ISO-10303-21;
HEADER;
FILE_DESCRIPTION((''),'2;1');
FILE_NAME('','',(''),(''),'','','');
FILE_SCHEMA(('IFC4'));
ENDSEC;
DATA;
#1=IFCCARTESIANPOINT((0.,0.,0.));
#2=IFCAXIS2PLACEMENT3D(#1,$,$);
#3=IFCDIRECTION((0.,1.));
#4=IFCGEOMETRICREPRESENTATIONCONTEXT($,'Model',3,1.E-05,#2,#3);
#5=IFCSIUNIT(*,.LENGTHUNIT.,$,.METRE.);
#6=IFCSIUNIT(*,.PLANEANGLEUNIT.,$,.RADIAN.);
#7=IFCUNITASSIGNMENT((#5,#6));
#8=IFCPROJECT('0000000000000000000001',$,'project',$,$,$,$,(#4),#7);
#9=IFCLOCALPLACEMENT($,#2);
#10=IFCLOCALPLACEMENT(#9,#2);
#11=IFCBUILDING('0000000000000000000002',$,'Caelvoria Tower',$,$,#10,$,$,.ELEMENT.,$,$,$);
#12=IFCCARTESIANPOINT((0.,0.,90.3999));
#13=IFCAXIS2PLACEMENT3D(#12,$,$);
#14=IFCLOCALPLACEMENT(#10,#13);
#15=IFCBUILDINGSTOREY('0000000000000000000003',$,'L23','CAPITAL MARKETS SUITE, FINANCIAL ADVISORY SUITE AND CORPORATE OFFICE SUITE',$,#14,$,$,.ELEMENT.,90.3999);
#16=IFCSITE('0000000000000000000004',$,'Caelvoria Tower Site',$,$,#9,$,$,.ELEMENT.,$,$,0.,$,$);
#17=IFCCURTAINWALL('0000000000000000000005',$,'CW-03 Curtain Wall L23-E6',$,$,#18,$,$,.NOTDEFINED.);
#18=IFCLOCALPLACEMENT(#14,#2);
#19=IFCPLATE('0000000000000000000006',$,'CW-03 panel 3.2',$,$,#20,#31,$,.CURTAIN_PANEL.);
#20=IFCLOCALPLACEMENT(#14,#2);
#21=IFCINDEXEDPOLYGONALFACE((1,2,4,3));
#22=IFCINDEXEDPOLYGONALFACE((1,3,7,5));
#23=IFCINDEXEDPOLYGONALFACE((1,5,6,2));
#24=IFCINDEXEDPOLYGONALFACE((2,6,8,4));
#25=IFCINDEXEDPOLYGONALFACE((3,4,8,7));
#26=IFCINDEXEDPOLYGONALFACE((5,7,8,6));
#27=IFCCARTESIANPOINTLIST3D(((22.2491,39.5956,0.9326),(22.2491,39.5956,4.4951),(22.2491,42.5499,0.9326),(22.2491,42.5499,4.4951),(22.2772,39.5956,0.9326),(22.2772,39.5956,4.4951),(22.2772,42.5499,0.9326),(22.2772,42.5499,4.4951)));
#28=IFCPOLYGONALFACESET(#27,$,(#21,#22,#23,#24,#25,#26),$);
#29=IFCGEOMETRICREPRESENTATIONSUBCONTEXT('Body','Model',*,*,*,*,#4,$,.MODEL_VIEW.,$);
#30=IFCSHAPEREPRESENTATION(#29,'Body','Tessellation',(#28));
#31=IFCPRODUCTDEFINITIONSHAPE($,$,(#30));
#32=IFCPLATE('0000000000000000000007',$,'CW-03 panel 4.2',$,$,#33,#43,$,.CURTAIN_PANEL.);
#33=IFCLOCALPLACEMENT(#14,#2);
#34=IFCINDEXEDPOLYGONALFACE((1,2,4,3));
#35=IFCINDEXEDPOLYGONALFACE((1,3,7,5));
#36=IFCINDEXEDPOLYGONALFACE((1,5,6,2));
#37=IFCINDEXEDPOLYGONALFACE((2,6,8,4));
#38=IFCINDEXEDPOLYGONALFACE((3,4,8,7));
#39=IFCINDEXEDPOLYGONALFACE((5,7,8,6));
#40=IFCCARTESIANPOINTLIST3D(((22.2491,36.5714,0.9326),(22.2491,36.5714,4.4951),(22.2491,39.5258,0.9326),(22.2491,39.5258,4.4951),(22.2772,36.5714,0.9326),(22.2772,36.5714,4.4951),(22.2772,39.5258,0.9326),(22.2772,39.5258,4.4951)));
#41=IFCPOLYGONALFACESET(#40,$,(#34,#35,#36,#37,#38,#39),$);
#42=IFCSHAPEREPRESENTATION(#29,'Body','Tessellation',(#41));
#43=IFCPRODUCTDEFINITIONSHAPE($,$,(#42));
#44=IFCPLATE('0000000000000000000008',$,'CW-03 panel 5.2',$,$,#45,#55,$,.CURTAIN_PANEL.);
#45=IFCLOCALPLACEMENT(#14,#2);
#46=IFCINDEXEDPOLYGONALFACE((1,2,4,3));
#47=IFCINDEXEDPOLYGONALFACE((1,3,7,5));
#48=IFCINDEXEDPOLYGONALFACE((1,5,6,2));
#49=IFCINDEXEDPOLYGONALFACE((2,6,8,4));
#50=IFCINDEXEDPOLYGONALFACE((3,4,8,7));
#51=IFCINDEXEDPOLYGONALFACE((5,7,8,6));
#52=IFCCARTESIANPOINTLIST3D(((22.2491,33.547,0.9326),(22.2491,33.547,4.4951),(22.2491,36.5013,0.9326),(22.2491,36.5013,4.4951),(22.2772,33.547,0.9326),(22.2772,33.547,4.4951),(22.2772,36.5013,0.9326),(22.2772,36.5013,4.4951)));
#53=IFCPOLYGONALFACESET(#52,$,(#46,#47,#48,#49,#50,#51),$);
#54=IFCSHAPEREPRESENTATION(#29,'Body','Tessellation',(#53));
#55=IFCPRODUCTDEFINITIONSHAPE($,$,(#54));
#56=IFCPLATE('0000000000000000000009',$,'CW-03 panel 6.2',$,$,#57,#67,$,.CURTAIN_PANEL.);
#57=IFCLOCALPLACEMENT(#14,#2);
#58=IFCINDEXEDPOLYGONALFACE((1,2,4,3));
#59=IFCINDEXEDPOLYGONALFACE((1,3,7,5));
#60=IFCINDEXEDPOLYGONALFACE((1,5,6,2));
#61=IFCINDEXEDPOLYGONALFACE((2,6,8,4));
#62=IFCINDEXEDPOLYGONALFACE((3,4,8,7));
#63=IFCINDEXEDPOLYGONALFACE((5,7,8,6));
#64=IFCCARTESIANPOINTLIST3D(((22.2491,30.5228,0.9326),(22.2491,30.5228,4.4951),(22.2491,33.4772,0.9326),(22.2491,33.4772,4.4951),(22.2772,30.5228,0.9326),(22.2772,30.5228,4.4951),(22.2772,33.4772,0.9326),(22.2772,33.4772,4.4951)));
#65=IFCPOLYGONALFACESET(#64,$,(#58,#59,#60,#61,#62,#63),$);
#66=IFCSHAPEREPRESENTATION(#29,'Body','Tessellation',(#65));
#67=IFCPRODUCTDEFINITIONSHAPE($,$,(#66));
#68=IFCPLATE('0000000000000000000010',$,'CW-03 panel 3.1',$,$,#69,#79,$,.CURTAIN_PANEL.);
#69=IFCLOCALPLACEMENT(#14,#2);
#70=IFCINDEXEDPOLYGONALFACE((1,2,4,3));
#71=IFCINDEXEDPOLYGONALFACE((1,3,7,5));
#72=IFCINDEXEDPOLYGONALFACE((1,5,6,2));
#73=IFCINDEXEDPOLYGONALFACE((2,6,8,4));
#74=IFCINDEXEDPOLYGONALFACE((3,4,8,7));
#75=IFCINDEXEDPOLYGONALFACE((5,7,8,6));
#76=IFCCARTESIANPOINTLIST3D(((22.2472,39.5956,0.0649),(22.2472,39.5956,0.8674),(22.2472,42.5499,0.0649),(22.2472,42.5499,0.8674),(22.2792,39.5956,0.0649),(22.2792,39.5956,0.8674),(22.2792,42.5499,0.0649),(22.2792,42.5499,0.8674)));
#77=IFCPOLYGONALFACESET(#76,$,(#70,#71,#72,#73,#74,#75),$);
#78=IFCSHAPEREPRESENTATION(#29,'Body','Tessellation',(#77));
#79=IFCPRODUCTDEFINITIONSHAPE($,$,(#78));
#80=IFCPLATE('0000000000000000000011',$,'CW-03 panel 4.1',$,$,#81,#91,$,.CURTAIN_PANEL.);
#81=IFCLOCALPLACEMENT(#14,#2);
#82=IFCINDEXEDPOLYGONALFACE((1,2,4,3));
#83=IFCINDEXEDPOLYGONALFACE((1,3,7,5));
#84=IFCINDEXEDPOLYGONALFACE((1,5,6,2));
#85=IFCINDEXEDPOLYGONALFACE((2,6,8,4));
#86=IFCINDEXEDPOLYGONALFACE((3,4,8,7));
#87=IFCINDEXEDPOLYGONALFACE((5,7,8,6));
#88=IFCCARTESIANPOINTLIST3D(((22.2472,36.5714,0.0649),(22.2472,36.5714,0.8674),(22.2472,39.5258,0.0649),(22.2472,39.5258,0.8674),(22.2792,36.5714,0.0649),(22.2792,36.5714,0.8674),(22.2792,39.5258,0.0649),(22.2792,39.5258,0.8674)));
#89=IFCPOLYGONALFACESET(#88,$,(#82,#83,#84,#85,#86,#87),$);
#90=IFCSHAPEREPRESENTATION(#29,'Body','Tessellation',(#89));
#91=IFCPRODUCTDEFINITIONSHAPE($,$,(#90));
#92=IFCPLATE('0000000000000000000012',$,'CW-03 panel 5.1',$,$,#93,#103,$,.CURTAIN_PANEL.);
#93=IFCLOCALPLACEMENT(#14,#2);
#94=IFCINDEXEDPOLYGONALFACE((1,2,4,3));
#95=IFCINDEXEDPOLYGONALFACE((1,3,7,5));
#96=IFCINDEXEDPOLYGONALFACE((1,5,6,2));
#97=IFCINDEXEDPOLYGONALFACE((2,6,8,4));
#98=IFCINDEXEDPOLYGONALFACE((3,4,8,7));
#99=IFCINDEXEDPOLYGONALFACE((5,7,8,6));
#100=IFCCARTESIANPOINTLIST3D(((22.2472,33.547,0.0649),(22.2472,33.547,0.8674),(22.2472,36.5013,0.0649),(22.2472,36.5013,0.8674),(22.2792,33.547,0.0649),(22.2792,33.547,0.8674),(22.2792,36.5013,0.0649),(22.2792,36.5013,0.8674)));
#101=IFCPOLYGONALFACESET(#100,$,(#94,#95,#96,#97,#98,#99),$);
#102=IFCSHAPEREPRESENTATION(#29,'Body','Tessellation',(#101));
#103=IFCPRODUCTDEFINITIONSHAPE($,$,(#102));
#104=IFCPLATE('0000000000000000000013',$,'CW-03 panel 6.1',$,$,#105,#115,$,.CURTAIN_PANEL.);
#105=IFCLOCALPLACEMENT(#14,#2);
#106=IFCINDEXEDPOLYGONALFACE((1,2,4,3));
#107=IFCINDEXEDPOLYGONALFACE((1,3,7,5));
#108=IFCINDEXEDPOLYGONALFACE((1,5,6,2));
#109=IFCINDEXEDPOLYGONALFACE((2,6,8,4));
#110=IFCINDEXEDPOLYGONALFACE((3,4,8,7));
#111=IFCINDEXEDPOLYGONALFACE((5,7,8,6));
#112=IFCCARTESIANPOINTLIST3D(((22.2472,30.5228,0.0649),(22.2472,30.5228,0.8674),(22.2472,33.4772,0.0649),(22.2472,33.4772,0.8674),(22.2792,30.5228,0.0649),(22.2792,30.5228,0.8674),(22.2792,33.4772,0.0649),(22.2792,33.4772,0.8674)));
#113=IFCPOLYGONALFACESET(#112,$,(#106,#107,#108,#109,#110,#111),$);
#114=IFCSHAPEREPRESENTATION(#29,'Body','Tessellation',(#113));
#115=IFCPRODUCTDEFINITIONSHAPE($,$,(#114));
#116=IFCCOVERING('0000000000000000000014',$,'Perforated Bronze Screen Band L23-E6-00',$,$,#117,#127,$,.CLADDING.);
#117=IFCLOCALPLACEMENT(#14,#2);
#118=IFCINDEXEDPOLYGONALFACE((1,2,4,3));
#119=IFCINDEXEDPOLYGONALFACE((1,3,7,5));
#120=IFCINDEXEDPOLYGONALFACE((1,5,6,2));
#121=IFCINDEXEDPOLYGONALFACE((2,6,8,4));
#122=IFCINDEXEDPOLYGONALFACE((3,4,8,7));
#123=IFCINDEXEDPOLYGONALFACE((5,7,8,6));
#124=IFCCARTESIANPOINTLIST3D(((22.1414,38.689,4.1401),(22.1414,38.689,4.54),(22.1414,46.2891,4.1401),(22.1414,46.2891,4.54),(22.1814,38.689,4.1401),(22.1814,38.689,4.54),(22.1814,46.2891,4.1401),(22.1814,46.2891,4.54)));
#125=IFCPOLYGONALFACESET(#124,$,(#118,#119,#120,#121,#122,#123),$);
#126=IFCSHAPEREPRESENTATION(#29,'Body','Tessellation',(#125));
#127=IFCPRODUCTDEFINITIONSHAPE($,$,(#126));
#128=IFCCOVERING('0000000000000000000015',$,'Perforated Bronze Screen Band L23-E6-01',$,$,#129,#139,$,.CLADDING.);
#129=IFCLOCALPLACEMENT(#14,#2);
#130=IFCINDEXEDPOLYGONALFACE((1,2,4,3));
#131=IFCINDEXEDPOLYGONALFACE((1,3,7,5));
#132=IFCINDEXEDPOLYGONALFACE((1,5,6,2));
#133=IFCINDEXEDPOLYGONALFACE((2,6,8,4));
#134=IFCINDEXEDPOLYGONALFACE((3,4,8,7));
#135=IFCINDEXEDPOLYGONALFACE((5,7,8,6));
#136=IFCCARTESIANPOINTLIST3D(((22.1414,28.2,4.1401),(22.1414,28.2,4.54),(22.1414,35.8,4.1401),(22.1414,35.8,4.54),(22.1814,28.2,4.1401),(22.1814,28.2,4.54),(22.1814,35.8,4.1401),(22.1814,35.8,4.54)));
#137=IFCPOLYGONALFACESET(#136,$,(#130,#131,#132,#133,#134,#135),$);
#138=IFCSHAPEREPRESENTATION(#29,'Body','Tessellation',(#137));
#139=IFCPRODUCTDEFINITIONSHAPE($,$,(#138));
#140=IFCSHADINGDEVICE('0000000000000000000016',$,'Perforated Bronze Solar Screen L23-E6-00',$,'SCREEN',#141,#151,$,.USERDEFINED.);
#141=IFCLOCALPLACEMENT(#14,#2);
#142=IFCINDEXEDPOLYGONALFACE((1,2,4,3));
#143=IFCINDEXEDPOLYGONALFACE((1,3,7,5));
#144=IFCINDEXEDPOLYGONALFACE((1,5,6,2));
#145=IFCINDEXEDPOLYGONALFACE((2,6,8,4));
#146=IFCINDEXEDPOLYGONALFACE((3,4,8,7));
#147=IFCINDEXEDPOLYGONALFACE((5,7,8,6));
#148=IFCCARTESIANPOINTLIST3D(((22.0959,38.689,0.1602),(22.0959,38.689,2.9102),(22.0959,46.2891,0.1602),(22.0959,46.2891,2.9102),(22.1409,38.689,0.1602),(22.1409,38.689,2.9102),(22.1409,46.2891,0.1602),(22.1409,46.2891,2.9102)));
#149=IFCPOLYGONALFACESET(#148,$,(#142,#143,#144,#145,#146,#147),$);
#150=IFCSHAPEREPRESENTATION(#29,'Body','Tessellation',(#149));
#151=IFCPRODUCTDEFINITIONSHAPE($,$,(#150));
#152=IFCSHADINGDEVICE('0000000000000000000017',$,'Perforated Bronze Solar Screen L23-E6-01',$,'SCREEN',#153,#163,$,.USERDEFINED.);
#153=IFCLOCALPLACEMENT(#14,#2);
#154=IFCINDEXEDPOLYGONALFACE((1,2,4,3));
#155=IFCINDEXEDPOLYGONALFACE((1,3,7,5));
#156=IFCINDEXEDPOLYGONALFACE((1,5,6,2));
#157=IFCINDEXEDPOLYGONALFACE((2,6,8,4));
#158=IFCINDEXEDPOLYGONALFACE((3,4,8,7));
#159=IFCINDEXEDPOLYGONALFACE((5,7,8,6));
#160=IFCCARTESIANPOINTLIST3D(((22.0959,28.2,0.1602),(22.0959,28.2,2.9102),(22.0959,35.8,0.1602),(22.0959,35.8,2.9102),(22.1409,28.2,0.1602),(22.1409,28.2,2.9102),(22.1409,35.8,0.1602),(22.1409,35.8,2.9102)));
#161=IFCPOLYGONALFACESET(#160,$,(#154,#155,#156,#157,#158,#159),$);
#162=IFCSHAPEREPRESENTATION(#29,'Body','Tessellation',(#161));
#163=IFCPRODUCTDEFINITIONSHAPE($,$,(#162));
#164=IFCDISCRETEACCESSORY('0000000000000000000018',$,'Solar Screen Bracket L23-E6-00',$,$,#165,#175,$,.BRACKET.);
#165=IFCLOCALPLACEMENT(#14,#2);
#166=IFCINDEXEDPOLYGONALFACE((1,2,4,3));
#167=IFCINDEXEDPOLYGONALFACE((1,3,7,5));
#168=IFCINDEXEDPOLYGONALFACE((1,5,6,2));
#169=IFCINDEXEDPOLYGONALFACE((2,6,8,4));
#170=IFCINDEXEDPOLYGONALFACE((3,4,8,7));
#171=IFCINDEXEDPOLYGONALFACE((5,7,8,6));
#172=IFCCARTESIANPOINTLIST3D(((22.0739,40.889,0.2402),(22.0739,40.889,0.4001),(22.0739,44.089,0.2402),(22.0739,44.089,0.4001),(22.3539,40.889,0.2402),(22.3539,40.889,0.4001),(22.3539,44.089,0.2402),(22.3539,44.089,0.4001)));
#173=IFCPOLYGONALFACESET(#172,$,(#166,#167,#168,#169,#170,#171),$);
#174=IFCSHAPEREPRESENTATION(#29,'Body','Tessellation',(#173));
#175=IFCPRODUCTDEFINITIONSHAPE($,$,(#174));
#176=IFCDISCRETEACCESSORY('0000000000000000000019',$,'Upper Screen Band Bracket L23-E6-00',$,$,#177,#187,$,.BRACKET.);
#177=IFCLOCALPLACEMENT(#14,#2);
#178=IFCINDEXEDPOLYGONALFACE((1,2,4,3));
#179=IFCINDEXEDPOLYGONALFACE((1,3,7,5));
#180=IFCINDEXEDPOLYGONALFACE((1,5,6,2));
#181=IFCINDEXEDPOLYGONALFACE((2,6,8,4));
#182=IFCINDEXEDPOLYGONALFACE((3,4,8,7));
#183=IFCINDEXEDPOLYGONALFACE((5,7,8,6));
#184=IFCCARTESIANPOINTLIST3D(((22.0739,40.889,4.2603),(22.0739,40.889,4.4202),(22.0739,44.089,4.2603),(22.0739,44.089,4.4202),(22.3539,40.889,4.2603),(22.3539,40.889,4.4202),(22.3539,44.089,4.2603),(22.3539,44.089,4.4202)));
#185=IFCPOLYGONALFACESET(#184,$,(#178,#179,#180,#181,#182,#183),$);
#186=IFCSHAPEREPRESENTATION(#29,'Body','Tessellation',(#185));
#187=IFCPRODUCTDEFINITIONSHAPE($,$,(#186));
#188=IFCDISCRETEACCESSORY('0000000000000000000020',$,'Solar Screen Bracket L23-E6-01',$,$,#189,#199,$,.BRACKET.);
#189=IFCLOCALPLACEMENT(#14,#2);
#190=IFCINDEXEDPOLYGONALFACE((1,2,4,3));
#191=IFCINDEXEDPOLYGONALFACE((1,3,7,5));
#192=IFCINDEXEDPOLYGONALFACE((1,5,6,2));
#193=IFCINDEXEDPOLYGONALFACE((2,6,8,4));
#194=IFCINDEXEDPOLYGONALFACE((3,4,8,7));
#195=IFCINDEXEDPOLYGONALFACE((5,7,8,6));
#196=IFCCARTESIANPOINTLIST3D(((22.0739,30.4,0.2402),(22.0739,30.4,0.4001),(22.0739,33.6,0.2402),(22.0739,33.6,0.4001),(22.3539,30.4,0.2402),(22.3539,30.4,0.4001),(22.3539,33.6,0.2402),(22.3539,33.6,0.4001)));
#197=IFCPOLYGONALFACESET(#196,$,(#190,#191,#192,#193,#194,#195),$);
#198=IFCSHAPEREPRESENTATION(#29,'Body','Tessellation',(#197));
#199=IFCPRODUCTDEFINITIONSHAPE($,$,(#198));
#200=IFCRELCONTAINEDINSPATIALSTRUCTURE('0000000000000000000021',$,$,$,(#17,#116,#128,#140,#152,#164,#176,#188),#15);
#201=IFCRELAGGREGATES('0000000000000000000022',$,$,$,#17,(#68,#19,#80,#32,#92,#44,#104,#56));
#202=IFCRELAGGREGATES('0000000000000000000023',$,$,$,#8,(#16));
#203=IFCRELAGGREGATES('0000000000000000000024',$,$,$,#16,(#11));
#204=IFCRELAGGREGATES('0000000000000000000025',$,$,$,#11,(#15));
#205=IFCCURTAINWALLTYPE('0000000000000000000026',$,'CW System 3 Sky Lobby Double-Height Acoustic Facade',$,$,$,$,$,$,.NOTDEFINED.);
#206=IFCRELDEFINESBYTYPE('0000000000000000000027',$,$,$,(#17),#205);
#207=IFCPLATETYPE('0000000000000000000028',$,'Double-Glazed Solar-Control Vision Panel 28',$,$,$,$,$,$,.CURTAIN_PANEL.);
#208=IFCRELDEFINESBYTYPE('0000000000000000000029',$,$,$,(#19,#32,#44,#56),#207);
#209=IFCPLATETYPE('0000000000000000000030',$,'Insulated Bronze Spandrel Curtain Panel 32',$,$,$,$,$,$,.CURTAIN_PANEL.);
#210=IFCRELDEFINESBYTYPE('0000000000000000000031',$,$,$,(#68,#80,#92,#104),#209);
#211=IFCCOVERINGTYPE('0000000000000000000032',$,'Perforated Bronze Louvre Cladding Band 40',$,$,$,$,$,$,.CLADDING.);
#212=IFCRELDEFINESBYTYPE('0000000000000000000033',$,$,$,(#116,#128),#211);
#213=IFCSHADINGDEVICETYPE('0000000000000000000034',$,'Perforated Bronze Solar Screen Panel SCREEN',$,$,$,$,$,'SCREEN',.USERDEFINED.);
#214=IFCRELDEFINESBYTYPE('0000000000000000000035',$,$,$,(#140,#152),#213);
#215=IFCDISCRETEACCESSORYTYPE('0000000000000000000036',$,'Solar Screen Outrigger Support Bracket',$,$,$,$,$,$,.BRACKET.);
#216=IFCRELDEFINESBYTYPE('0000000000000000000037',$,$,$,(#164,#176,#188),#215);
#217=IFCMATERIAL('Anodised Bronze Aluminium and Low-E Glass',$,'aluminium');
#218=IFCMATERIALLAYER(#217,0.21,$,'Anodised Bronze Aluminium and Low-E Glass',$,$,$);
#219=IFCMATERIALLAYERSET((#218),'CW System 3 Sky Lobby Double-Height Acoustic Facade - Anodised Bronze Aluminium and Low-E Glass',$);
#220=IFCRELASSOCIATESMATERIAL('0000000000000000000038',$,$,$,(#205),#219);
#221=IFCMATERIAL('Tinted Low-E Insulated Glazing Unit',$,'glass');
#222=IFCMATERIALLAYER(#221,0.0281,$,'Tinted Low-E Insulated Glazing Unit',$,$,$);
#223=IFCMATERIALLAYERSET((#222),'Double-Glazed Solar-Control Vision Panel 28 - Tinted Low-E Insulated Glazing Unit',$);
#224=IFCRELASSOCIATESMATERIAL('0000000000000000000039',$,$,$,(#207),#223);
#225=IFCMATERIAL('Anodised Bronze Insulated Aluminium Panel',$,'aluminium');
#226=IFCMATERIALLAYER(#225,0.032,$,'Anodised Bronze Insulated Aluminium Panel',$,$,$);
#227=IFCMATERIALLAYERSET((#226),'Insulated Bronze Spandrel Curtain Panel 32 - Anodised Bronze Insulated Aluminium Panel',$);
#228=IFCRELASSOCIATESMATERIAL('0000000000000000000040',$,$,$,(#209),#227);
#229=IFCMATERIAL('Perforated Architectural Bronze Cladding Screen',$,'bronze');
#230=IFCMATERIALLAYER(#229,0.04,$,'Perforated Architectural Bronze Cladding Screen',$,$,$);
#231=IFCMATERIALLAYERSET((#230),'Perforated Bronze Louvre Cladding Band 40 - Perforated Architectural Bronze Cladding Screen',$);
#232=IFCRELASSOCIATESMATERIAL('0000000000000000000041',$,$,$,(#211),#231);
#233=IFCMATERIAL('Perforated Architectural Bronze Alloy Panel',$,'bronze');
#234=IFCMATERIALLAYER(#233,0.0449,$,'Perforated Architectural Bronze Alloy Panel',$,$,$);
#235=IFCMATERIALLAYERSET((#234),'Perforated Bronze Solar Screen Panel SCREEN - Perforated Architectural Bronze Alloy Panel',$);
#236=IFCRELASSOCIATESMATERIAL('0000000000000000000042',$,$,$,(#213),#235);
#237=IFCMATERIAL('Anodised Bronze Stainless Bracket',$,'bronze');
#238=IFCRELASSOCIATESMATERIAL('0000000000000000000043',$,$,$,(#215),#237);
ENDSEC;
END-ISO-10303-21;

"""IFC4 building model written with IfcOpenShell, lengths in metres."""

from ifc_helpers import new_model, si_unit, direction, frame, origin, origin_2d, place, context, subcontext, project, spatial, rectangle, extrude, material, layer, layer_set, type_object, element, aggregate, save


model = new_model("IFC4")

# Units and contexts
model_context = context("Model", 3, precision=1e-05, world=origin(), true_north=direction((0.0, 1.0)))
body_context = subcontext(model_context, "Body", "Model", "MODEL_VIEW")
ifc_project = project(units=[si_unit("LENGTHUNIT", "METRE"), si_unit("PLANEANGLEUNIT", "RADIAN")], contexts=[model_context])

# Site, building, storey
site_placement = place(None, origin())
site = spatial("IfcSite", under=ifc_project, at=site_placement, Name="Caelvoria Tower Site", CompositionType="ELEMENT", RefElevation=0.0)
building_placement = place(site_placement, origin())
building = spatial("IfcBuilding", under=site, at=building_placement, Name="Caelvoria Tower", CompositionType="ELEMENT")
storey_placement = place(building_placement, frame((0.0, 0.0, 90.3999)))
storey = spatial("IfcBuildingStorey", under=building, at=storey_placement, Name="L23", Description="CAPITAL MARKETS SUITE, FINANCIAL ADVISORY SUITE AND CORPORATE OFFICE SUITE", CompositionType="ELEMENT", Elevation=90.3999)

# Curtain wall
ifc_material_1 = material(Name="Anodised Bronze Aluminium and Low-E Glass", Category="aluminium")
ifc_layer_1 = layer(ifc_material_1, 0.21, Name="Anodised Bronze Aluminium and Low-E Glass")
ifc_layer_set_1 = layer_set([ifc_layer_1], Name="CW System 3 Sky Lobby Double-Height Acoustic Facade - Anodised Bronze Aluminium and Low-E Glass")
curtain_wall_type = type_object("IfcCurtainWallType", Name="CW System 3 Sky Lobby Double-Height Acoustic Facade", PredefinedType="NOTDEFINED", material=ifc_layer_set_1)
curtain_wall_placement = place(storey_placement, origin())
curtain_wall = element("IfcCurtainWall", 1, at=curtain_wall_placement, inside=storey, type_object=curtain_wall_type, Name="CW-03 Curtain Wall L23-E6", PredefinedType="NOTDEFINED")

# Plates
ifc_material_2 = material(Name="Tinted Low-E Insulated Glazing Unit", Category="glass")
ifc_layer_2 = layer(ifc_material_2, 0.0281, Name="Tinted Low-E Insulated Glazing Unit")
ifc_layer_set_2 = layer_set([ifc_layer_2], Name="Double-Glazed Solar-Control Vision Panel 28 - Tinted Low-E Insulated Glazing Unit")
plate_type_1 = type_object("IfcPlateType", Name="Double-Glazed Solar-Control Vision Panel 28", PredefinedType="CURTAIN_PANEL", material=ifc_layer_set_2)
plate_1_placement = place(storey_placement, frame((22.2632, 41.0728, 0.9326), z_axis=(0.0, 0.0, 1.0), x_axis=(0.0, -1.0, 0.0)))
plate_1 = element("IfcPlate", 2, at=plate_1_placement, type_object=plate_type_1, Name="CW-03 panel 3.2", PredefinedType="CURTAIN_PANEL", context=body_context, shape_type="SweptSolid", body=[
    extrude(rectangle(XDim=2.9543, YDim=0.0281, at=origin_2d()), origin(), (0.0, 0.0, 1.0), 3.5625),
])
plate_2_placement = place(storey_placement, frame((22.2632, 38.0486, 0.9326), z_axis=(0.0, 0.0, 1.0), x_axis=(0.0, -1.0, 0.0)))
plate_2 = element("IfcPlate", 3, at=plate_2_placement, type_object=plate_type_1, Name="CW-03 panel 4.2", PredefinedType="CURTAIN_PANEL", context=body_context, shape_type="SweptSolid", body=[
    extrude(rectangle(XDim=2.9543, YDim=0.0281, at=origin_2d()), origin(), (0.0, 0.0, 1.0), 3.5625),
])
plate_3_placement = place(storey_placement, frame((22.2632, 35.0242, 0.9326), z_axis=(0.0, 0.0, 1.0), x_axis=(0.0, -1.0, 0.0)))
plate_3 = element("IfcPlate", 4, at=plate_3_placement, type_object=plate_type_1, Name="CW-03 panel 5.2", PredefinedType="CURTAIN_PANEL", context=body_context, shape_type="SweptSolid", body=[
    extrude(rectangle(XDim=2.9543, YDim=0.0281, at=origin_2d()), origin(), (0.0, 0.0, 1.0), 3.5625),
])
plate_4_placement = place(storey_placement, frame((22.2632, 32.0, 0.9326), z_axis=(0.0, 0.0, 1.0), x_axis=(0.0, -1.0, 0.0)))
plate_4 = element("IfcPlate", 5, at=plate_4_placement, type_object=plate_type_1, Name="CW-03 panel 6.2", PredefinedType="CURTAIN_PANEL", context=body_context, shape_type="SweptSolid", body=[
    extrude(rectangle(XDim=2.9543, YDim=0.0281, at=origin_2d()), origin(), (0.0, 0.0, 1.0), 3.5625),
])
ifc_material_3 = material(Name="Anodised Bronze Insulated Aluminium Panel", Category="aluminium")
ifc_layer_3 = layer(ifc_material_3, 0.032, Name="Anodised Bronze Insulated Aluminium Panel")
ifc_layer_set_3 = layer_set([ifc_layer_3], Name="Insulated Bronze Spandrel Curtain Panel 32 - Anodised Bronze Insulated Aluminium Panel")
plate_type_2 = type_object("IfcPlateType", Name="Insulated Bronze Spandrel Curtain Panel 32", PredefinedType="CURTAIN_PANEL", material=ifc_layer_set_3)
plate_5_placement = place(storey_placement, frame((22.2632, 41.0728, 0.0649), z_axis=(0.0, 0.0, 1.0), x_axis=(0.0, -1.0, 0.0)))
plate_5 = element("IfcPlate", 6, at=plate_5_placement, type_object=plate_type_2, Name="CW-03 panel 3.1", PredefinedType="CURTAIN_PANEL", context=body_context, shape_type="SweptSolid", body=[
    extrude(rectangle(XDim=2.9543, YDim=0.032, at=origin_2d()), origin(), (0.0, 0.0, 1.0), 0.8025),
])
plate_6_placement = place(storey_placement, frame((22.2632, 38.0486, 0.0649), z_axis=(0.0, 0.0, 1.0), x_axis=(0.0, -1.0, 0.0)))
plate_6 = element("IfcPlate", 7, at=plate_6_placement, type_object=plate_type_2, Name="CW-03 panel 4.1", PredefinedType="CURTAIN_PANEL", context=body_context, shape_type="SweptSolid", body=[
    extrude(rectangle(XDim=2.9543, YDim=0.032, at=origin_2d()), origin(), (0.0, 0.0, 1.0), 0.8025),
])
plate_7_placement = place(storey_placement, frame((22.2632, 35.0242, 0.0649), z_axis=(0.0, 0.0, 1.0), x_axis=(0.0, -1.0, 0.0)))
plate_7 = element("IfcPlate", 8, at=plate_7_placement, type_object=plate_type_2, Name="CW-03 panel 5.1", PredefinedType="CURTAIN_PANEL", context=body_context, shape_type="SweptSolid", body=[
    extrude(rectangle(XDim=2.9543, YDim=0.032, at=origin_2d()), origin(), (0.0, 0.0, 1.0), 0.8025),
])
plate_8_placement = place(storey_placement, frame((22.2632, 32.0, 0.0649), z_axis=(0.0, 0.0, 1.0), x_axis=(0.0, -1.0, 0.0)))
plate_8 = element("IfcPlate", 9, at=plate_8_placement, type_object=plate_type_2, Name="CW-03 panel 6.1", PredefinedType="CURTAIN_PANEL", context=body_context, shape_type="SweptSolid", body=[
    extrude(rectangle(XDim=2.9543, YDim=0.032, at=origin_2d()), origin(), (0.0, 0.0, 1.0), 0.8025),
])
aggregate(curtain_wall, [plate_5, plate_1, plate_6, plate_2, plate_7, plate_3, plate_8, plate_4])

# Coverings
ifc_material_4 = material(Name="Perforated Architectural Bronze Cladding Screen", Category="bronze")
ifc_layer_4 = layer(ifc_material_4, 0.04, Name="Perforated Architectural Bronze Cladding Screen")
ifc_layer_set_4 = layer_set([ifc_layer_4], Name="Perforated Bronze Louvre Cladding Band 40 - Perforated Architectural Bronze Cladding Screen")
covering_type = type_object("IfcCoveringType", Name="Perforated Bronze Louvre Cladding Band 40", PredefinedType="CLADDING", material=ifc_layer_set_4)
for number, where, z_axis, x_axis, name in (
    (10, (22.1614, 42.489, 4.1401), (0.0, 0.0, 1.0), (0.0, -1.0, 0.0), "Perforated Bronze Screen Band L23-E6-00"),
    (11, (22.1614, 32.0, 4.1401), (0.0, 0.0, 1.0), (0.0, -1.0, 0.0), "Perforated Bronze Screen Band L23-E6-01"),
):
    element("IfcCovering", number, at=place(storey_placement, frame(where, z_axis=z_axis, x_axis=x_axis)), inside=storey, type_object=covering_type, Name=name, PredefinedType="CLADDING", context=body_context, shape_type="SweptSolid", body=[
        extrude(rectangle(XDim=7.6001, YDim=0.04, at=origin_2d()), origin(), (0.0, 0.0, 1.0), 0.3999),
    ])

# Shading devices
ifc_material_5 = material(Name="Perforated Architectural Bronze Alloy Panel", Category="bronze")
ifc_layer_5 = layer(ifc_material_5, 0.0449, Name="Perforated Architectural Bronze Alloy Panel")
ifc_layer_set_5 = layer_set([ifc_layer_5], Name="Perforated Bronze Solar Screen Panel SCREEN - Perforated Architectural Bronze Alloy Panel")
shading_device_type = type_object("IfcShadingDeviceType", Name="Perforated Bronze Solar Screen Panel SCREEN", ElementType="SCREEN", PredefinedType="USERDEFINED", material=ifc_layer_set_5)
for number, where, z_axis, x_axis, name in (
    (12, (22.1184, 42.489, 0.1602), (0.0, 0.0, 1.0), (0.0, -1.0, 0.0), "Perforated Bronze Solar Screen L23-E6-00"),
    (13, (22.1184, 32.0, 0.1602), (0.0, 0.0, 1.0), (0.0, -1.0, 0.0), "Perforated Bronze Solar Screen L23-E6-01"),
):
    element("IfcShadingDevice", number, at=place(storey_placement, frame(where, z_axis=z_axis, x_axis=x_axis)), inside=storey, type_object=shading_device_type, Name=name, ObjectType="SCREEN", PredefinedType="USERDEFINED", context=body_context, shape_type="SweptSolid", body=[
        extrude(rectangle(XDim=7.6001, YDim=0.0449, at=origin_2d()), origin(), (0.0, 0.0, 1.0), 2.75),
    ])

# Discrete accessories
ifc_material_6 = material(Name="Anodised Bronze Stainless Bracket", Category="bronze")
discrete_accessory_type = type_object("IfcDiscreteAccessoryType", Name="Solar Screen Outrigger Support Bracket", PredefinedType="BRACKET", material=ifc_material_6)
for number, where, z_axis, x_axis, name in (
    (14, (22.2139, 42.489, 0.2402), (0.0, 0.0, 1.0), (0.0, -1.0, 0.0), "Solar Screen Bracket L23-E6-00"),
    (15, (22.2139, 42.489, 4.2603), (0.0, 0.0, 1.0), (0.0, -1.0, 0.0), "Upper Screen Band Bracket L23-E6-00"),
    (16, (22.2139, 32.0, 0.2402), (0.0, 0.0, 1.0), (0.0, -1.0, 0.0), "Solar Screen Bracket L23-E6-01"),
):
    element("IfcDiscreteAccessory", number, at=place(storey_placement, frame(where, z_axis=z_axis, x_axis=x_axis)), inside=storey, type_object=discrete_accessory_type, Name=name, PredefinedType="BRACKET", context=body_context, shape_type="SweptSolid", body=[
        extrude(rectangle(XDim=3.2, YDim=0.28, at=origin_2d()), origin(), (0.0, 0.0, 1.0), 0.1599),
    ])

save(model, "model.ifc")
